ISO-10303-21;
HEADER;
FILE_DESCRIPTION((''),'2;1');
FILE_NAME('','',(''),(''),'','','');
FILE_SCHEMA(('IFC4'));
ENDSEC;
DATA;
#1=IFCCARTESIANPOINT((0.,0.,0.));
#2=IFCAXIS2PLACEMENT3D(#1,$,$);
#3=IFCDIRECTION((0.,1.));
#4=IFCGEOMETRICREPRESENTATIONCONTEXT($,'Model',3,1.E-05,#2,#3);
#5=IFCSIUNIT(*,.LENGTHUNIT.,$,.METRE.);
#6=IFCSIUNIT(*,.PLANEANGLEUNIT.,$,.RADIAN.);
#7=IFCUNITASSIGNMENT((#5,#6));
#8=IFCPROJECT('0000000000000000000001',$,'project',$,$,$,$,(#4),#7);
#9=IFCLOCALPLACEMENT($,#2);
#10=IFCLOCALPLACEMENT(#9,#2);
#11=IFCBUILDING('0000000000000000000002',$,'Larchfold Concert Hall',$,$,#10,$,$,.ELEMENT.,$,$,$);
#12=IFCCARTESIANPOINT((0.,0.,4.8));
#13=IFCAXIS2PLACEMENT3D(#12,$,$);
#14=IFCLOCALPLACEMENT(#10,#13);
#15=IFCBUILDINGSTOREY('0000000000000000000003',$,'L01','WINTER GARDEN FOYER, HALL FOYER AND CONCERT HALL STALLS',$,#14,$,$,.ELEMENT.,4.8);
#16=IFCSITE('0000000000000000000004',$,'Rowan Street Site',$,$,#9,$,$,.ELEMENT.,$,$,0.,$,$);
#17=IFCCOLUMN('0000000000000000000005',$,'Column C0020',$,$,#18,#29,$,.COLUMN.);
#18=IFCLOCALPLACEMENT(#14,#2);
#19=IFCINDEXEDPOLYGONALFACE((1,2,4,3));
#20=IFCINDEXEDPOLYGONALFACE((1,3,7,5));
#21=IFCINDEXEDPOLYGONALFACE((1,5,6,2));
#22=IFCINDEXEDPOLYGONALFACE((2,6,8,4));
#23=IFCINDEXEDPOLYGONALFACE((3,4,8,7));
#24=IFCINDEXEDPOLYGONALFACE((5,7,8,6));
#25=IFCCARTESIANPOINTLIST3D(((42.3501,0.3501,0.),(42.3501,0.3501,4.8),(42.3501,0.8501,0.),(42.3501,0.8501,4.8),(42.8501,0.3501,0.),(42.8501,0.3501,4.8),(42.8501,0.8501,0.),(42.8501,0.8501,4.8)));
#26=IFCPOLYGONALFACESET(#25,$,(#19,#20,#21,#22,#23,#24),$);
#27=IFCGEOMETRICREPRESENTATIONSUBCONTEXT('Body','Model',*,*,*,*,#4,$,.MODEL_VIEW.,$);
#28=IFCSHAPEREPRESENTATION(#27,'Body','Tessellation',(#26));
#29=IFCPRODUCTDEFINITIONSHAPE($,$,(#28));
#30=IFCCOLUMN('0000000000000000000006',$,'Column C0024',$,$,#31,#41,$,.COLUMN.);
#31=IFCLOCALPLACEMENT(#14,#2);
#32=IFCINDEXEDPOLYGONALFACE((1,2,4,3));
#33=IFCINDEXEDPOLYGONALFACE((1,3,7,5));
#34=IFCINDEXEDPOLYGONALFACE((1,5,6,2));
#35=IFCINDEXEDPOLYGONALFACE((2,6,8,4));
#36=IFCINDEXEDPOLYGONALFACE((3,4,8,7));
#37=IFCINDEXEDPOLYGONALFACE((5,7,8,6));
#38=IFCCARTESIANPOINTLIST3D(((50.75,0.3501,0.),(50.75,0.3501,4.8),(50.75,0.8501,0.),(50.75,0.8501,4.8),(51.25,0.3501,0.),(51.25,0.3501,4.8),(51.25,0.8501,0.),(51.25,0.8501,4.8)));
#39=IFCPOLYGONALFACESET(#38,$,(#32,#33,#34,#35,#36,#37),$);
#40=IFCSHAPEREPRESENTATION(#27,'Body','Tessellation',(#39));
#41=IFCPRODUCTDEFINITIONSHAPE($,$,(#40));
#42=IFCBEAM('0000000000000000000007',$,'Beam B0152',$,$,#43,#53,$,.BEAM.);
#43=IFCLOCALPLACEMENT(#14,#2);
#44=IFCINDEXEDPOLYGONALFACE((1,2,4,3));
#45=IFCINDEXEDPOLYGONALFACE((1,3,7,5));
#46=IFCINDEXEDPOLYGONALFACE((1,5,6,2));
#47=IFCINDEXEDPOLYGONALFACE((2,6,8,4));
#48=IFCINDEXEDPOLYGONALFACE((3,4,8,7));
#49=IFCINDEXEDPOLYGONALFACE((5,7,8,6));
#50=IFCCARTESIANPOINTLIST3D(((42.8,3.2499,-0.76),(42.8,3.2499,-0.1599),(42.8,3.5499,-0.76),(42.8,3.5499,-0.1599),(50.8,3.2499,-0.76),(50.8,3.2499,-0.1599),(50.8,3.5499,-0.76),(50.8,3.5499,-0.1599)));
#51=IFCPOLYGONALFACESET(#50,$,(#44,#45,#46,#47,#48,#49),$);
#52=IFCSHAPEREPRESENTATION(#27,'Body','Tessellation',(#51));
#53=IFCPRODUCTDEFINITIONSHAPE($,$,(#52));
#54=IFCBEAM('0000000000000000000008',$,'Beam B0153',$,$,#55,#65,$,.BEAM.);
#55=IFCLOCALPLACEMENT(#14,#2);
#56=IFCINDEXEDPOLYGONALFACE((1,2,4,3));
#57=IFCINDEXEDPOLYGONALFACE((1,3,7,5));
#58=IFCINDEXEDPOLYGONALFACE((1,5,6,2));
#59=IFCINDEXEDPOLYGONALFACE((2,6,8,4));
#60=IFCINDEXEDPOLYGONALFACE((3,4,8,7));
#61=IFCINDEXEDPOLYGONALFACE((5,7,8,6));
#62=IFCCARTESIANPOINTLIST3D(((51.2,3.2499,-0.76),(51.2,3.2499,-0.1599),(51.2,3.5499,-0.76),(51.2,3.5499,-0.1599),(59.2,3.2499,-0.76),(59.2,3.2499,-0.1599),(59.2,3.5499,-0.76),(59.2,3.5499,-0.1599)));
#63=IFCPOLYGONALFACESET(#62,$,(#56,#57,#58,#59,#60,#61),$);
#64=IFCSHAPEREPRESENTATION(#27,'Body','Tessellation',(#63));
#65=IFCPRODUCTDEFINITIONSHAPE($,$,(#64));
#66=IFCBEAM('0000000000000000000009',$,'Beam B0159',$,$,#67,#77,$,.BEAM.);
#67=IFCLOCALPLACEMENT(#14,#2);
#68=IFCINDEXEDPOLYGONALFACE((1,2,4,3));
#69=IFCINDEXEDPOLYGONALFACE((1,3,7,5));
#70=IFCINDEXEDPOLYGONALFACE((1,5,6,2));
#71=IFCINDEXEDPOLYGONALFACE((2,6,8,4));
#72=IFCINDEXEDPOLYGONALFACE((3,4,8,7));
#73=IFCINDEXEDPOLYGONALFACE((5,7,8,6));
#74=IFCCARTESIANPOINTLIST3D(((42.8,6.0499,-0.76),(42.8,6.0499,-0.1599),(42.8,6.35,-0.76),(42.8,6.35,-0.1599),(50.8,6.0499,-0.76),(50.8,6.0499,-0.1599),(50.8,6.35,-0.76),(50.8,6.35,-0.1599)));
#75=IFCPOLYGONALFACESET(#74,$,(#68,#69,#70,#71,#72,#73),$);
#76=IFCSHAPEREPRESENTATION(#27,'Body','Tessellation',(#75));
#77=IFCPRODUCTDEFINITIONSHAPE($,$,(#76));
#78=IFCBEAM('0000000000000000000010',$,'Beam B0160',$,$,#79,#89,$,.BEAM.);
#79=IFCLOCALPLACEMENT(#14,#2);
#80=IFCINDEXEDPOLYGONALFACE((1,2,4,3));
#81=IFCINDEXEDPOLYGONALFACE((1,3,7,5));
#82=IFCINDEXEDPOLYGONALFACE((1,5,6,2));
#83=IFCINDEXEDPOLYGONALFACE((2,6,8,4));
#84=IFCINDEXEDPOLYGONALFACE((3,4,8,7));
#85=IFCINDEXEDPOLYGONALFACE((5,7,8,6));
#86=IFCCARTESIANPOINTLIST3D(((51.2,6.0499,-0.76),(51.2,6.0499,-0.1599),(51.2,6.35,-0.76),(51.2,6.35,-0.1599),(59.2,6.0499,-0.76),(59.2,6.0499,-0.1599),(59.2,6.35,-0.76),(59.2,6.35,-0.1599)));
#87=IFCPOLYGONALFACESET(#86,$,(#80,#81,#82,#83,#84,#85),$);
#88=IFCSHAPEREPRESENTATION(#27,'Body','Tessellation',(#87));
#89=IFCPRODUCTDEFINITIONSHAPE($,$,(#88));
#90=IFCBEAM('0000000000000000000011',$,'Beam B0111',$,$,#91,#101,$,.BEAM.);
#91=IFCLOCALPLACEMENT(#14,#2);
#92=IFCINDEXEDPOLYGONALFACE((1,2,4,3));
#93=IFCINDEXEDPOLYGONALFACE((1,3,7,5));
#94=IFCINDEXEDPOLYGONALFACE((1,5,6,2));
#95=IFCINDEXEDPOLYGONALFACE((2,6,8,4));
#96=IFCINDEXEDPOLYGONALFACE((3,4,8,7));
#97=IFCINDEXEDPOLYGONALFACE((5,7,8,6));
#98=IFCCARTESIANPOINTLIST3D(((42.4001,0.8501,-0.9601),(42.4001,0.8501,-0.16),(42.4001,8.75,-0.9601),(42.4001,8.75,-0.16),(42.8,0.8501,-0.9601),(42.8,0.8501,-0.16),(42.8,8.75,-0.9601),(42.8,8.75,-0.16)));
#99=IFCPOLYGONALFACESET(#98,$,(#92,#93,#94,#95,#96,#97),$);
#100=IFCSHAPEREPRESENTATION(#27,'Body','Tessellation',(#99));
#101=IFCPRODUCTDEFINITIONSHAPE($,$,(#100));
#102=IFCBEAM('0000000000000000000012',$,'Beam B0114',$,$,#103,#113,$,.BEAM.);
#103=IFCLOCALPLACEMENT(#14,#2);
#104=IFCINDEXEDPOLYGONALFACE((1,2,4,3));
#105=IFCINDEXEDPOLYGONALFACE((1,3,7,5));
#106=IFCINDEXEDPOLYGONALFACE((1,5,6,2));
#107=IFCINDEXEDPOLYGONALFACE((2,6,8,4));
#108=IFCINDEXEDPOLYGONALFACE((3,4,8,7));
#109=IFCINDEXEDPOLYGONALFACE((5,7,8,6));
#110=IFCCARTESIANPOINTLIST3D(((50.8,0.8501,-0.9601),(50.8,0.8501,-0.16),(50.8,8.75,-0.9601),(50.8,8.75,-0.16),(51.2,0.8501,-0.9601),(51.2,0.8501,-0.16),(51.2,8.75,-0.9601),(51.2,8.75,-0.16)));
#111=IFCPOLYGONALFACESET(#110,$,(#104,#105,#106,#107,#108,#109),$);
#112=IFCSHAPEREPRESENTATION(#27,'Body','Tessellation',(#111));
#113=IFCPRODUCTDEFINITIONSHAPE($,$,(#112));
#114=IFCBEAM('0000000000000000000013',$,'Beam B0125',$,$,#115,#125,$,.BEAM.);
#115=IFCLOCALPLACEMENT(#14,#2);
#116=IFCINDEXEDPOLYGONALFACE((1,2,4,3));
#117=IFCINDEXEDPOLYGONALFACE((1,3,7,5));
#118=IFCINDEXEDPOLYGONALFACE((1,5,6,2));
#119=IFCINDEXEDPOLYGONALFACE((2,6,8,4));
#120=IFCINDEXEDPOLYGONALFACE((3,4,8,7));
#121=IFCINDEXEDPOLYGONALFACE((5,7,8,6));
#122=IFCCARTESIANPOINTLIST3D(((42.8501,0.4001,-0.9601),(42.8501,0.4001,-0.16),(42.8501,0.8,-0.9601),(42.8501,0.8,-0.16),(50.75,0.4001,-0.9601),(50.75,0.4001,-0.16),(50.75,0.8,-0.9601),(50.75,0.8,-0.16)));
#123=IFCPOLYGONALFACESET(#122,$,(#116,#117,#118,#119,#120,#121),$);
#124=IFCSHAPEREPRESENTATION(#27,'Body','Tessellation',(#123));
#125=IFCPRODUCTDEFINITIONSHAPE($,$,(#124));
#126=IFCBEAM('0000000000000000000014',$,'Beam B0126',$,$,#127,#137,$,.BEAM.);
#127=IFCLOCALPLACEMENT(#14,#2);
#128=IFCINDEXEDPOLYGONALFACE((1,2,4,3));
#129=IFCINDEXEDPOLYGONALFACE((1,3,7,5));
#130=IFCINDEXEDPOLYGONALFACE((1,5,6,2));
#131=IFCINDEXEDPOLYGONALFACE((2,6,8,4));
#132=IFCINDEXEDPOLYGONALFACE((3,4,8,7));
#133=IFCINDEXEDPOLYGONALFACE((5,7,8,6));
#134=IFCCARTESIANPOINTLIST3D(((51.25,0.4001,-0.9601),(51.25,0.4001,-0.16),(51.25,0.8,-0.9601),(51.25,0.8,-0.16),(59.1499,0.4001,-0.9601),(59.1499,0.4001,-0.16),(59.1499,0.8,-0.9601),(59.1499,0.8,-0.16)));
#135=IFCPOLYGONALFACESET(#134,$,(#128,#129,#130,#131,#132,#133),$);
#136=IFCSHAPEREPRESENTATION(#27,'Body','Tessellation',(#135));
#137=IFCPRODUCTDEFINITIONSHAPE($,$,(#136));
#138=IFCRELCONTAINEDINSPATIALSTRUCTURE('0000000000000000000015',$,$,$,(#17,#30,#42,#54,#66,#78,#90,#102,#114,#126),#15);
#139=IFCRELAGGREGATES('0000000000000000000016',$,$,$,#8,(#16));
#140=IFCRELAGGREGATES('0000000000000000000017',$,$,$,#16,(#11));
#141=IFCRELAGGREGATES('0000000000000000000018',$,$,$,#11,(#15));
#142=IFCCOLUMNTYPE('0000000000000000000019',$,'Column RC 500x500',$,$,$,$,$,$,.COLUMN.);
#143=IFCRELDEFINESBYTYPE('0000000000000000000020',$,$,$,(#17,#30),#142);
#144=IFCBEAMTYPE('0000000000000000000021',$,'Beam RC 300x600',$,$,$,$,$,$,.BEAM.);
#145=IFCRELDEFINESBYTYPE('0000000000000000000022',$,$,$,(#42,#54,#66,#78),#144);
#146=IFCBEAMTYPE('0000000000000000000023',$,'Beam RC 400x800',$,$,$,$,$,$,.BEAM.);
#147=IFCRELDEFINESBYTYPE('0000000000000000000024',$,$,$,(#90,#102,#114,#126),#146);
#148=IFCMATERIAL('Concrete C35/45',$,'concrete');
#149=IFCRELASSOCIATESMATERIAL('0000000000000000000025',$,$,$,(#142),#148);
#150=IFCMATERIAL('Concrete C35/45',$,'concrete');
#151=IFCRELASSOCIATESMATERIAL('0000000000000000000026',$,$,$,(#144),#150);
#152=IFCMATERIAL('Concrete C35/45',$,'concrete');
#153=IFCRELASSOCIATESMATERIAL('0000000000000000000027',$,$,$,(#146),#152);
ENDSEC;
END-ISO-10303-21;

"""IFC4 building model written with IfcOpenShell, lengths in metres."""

from ifc_helpers import new_model, si_unit, direction, frame, origin, origin_2d, place, context, subcontext, project, spatial, rectangle, extrude, material, material_profile, profile_set, type_object, element, save


model = new_model("IFC4")

# Units and contexts
model_context = context("Model", 3, precision=1e-05, world=origin(), true_north=direction((0.0, 1.0)))
body_context = subcontext(model_context, "Body", "Model", "MODEL_VIEW")
ifc_project = project(units=[si_unit("LENGTHUNIT", "METRE"), si_unit("PLANEANGLEUNIT", "RADIAN")], contexts=[model_context])

# Site, building, storey
site_placement = place(None, origin())
site = spatial("IfcSite", under=ifc_project, at=site_placement, Name="Rowan Street Site", CompositionType="ELEMENT", RefElevation=0.0)
building_placement = place(site_placement, origin())
building = spatial("IfcBuilding", under=site, at=building_placement, Name="Larchfold Concert Hall", CompositionType="ELEMENT")
storey_placement = place(building_placement, frame((0.0, 0.0, 4.8)))
storey = spatial("IfcBuildingStorey", under=building, at=storey_placement, Name="L01", Description="WINTER GARDEN FOYER, HALL FOYER AND CONCERT HALL STALLS", CompositionType="ELEMENT", Elevation=4.8)

# Columns
ifc_material_1 = material(Name="Concrete C35/45", Category="concrete")
ifc_material_profile_1 = material_profile(ifc_material_1, rectangle(XDim=0.5, YDim=0.5, at=origin_2d()))
ifc_profile_set_1 = profile_set([ifc_material_profile_1], Name="Concrete C35/45")
column_type = type_object("IfcColumnType", Name="Column RC 500x500", PredefinedType="COLUMN", material=ifc_profile_set_1)
for number, where, z_axis, x_axis, name in (
    (1, (42.6001, 0.6001, 0.0), (0.0, 0.0, 1.0), (1.0, 0.0, 0.0), "Column C0020"),
    (2, (51.0, 0.6001, 0.0), (0.0, 0.0, 1.0), (1.0, 0.0, 0.0), "Column C0024"),
):
    element("IfcColumn", number, at=place(storey_placement, frame(where, z_axis=z_axis, x_axis=x_axis)), inside=storey, type_object=column_type, Name=name, PredefinedType="COLUMN", context=body_context, shape_type="SweptSolid", body=[
        extrude(rectangle(XDim=0.5, YDim=0.5, at=origin_2d()), origin(), (0.0, 0.0, 1.0), 4.8),
    ])

# Beams
ifc_material_2 = material(Name="Concrete C35/45", Category="concrete")
ifc_material_profile_2 = material_profile(ifc_material_2, rectangle(XDim=0.3, YDim=0.6001, at=origin_2d()))
ifc_profile_set_2 = profile_set([ifc_material_profile_2], Name="Concrete C35/45")
beam_type_1 = type_object("IfcBeamType", Name="Beam RC 300x600", PredefinedType="BEAM", material=ifc_profile_set_2)
for number, where, z_axis, x_axis, name in (
    (3, (42.8, 3.3999, -0.46), (1.0, 0.0, 0.0), (0.0, 1.0, 0.0), "Beam B0152"),
    (4, (51.2, 3.3999, -0.46), (1.0, 0.0, 0.0), (0.0, 1.0, 0.0), "Beam B0153"),
    (5, (42.8, 6.2, -0.46), (1.0, 0.0, 0.0), (0.0, 1.0, 0.0), "Beam B0159"),
    (6, (51.2, 6.2, -0.46), (1.0, 0.0, 0.0), (0.0, 1.0, 0.0), "Beam B0160"),
):
    element("IfcBeam", number, at=place(storey_placement, frame(where, z_axis=z_axis, x_axis=x_axis)), inside=storey, type_object=beam_type_1, Name=name, PredefinedType="BEAM", context=body_context, shape_type="SweptSolid", body=[
        extrude(rectangle(XDim=0.3, YDim=0.6001, at=origin_2d()), origin(), (0.0, 0.0, 1.0), 8.0),
    ])
ifc_material_3 = material(Name="Concrete C35/45", Category="concrete")
ifc_material_profile_3 = material_profile(ifc_material_3, rectangle(XDim=0.3999, YDim=0.8, at=origin_2d()))
ifc_profile_set_3 = profile_set([ifc_material_profile_3], Name="Concrete C35/45")
beam_type_2 = type_object("IfcBeamType", Name="Beam RC 400x800", PredefinedType="BEAM", material=ifc_profile_set_3)
for number, where, z_axis, x_axis, name in (
    (7, (42.6001, 0.8501, -0.5601), (0.0, 1.0, 0.0), (-1.0, 0.0, 0.0), "Beam B0111"),
    (8, (51.0, 0.8501, -0.5601), (0.0, 1.0, 0.0), (-1.0, 0.0, 0.0), "Beam B0114"),
    (9, (42.8501, 0.6001, -0.5601), (1.0, 0.0, 0.0), (0.0, 1.0, 0.0), "Beam B0125"),
    (10, (51.25, 0.6001, -0.5601), (1.0, 0.0, 0.0), (0.0, 1.0, 0.0), "Beam B0126"),
):
    element("IfcBeam", number, at=place(storey_placement, frame(where, z_axis=z_axis, x_axis=x_axis)), inside=storey, type_object=beam_type_2, Name=name, PredefinedType="BEAM", context=body_context, shape_type="SweptSolid", body=[
        extrude(rectangle(XDim=0.3999, YDim=0.8, at=origin_2d()), origin(), (0.0, 0.0, 1.0), 7.8999),
    ])

save(model, "model.ifc")
